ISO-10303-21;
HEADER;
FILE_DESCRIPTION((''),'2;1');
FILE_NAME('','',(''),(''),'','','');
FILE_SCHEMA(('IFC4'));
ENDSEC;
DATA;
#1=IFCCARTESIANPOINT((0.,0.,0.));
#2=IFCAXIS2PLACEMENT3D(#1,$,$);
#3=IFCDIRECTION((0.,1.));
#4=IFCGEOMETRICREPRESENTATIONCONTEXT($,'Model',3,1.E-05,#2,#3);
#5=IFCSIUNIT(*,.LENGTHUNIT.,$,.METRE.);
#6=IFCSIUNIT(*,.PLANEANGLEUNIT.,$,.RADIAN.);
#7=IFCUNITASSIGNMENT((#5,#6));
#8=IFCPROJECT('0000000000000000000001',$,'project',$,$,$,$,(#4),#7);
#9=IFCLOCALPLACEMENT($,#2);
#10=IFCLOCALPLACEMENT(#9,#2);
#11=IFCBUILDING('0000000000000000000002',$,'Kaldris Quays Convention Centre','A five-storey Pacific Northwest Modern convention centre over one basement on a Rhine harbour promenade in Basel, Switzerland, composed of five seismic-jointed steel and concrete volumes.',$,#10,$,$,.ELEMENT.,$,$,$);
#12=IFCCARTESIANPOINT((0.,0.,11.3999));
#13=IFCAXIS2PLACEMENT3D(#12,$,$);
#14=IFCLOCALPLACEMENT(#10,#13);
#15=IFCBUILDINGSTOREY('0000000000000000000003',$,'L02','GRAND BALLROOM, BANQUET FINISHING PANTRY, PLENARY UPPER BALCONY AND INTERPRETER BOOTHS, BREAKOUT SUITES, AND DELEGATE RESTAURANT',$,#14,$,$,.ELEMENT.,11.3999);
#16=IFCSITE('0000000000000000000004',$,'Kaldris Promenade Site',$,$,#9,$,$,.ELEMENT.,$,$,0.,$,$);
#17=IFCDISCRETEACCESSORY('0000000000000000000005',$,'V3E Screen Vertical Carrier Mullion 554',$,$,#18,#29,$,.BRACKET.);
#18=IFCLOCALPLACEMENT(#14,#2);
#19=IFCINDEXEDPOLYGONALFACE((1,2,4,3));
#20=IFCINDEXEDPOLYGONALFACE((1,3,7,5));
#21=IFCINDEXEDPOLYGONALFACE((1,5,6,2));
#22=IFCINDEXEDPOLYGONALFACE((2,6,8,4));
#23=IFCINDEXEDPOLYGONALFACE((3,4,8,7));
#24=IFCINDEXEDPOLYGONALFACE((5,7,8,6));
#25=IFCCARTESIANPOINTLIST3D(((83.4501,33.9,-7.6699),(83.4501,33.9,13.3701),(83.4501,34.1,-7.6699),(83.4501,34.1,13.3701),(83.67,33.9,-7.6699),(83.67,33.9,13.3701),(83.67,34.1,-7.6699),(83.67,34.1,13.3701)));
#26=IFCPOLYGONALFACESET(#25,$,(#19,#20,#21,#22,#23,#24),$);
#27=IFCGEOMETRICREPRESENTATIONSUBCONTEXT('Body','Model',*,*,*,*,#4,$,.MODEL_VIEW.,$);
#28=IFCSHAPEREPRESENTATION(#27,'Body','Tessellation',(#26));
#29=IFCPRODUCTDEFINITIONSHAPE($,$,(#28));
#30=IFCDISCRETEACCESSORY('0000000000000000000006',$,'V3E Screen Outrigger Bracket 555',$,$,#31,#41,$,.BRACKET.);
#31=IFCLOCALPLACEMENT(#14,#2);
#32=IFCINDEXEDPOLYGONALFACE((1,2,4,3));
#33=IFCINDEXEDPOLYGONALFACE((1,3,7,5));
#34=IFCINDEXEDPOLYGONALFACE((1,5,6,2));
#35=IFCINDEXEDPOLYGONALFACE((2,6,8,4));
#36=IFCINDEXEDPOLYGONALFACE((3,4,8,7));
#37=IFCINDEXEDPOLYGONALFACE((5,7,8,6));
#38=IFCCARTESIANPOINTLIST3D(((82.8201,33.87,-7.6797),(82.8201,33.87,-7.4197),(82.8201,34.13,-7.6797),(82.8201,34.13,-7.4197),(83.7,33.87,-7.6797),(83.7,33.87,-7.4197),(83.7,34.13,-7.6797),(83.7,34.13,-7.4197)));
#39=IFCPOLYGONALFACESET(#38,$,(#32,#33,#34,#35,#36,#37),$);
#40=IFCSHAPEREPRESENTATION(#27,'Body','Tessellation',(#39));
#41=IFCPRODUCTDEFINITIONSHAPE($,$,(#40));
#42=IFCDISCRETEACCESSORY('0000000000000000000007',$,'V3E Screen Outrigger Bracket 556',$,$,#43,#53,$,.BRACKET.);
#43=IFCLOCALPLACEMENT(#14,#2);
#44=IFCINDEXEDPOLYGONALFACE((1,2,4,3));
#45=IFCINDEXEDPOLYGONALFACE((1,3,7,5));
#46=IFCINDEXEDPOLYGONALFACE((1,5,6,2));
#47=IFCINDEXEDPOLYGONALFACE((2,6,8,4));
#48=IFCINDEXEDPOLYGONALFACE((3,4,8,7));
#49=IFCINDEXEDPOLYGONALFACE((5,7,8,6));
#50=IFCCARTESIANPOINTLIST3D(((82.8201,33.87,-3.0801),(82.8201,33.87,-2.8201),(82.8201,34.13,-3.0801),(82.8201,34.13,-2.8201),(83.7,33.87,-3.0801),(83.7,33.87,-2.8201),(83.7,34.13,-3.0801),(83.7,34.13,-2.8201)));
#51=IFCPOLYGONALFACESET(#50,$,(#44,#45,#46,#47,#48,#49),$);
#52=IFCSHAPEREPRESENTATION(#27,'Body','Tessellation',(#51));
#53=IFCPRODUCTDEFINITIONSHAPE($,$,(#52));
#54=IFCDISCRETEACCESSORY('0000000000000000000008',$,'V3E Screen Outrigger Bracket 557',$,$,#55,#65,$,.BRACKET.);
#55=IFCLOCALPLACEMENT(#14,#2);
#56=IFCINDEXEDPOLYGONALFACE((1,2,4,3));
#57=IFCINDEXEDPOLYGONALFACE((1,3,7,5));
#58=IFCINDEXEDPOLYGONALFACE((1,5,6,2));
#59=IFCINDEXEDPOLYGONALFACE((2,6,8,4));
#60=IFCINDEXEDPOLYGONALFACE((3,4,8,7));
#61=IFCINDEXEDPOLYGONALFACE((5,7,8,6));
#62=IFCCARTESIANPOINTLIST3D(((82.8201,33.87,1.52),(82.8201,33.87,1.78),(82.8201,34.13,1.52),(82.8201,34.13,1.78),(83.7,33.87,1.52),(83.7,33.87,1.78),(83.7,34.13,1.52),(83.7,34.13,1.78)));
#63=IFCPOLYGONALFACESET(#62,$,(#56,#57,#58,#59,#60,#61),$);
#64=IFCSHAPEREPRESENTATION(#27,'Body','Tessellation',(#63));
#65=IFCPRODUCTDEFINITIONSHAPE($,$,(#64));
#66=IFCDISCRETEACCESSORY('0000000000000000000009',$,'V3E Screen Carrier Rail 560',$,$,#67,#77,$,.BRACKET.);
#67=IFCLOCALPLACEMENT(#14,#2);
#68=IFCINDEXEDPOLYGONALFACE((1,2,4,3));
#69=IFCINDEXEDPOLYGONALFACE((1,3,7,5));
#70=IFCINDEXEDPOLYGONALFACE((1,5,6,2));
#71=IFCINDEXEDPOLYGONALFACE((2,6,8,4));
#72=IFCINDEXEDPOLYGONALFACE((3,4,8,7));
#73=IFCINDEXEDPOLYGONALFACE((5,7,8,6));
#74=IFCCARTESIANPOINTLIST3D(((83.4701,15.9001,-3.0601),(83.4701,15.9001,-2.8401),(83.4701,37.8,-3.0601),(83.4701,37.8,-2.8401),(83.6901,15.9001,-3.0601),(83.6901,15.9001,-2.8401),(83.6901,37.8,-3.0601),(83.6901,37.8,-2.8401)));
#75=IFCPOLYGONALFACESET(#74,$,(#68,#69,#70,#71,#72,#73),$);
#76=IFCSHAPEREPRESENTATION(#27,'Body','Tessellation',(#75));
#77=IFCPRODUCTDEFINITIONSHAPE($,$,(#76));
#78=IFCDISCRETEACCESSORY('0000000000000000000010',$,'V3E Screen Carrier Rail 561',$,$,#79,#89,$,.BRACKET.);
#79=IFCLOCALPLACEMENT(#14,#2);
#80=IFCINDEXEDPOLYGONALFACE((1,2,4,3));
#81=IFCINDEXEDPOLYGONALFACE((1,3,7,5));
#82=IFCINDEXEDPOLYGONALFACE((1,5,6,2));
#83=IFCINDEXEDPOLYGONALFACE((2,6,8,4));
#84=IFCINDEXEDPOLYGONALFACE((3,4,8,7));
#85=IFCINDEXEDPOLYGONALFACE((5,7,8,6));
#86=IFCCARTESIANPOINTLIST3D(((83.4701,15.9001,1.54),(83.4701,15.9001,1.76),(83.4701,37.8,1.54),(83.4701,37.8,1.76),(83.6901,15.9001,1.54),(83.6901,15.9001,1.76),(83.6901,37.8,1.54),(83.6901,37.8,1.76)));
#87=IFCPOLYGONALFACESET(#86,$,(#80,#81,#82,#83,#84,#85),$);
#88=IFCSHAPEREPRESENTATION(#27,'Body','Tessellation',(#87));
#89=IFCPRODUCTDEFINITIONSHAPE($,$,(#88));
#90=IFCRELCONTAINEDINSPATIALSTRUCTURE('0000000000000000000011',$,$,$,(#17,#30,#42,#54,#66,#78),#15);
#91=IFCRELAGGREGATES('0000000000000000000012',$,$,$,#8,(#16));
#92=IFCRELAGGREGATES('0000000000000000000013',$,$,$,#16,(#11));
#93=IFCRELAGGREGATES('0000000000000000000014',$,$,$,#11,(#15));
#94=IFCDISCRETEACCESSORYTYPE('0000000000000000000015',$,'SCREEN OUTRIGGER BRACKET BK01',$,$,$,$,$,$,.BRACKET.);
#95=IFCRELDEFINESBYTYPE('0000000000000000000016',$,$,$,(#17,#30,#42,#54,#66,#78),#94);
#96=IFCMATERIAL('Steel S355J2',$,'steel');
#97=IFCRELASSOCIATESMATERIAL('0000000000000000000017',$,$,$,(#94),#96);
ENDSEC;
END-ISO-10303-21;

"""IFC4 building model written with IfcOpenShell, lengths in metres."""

from ifc_helpers import new_model, si_unit, direction, frame, origin, origin_2d, place, context, subcontext, project, spatial, rectangle, extrude, material, type_object, element, save


model = new_model("IFC4")

# Units and contexts
model_context = context("Model", 3, precision=1e-05, world=origin(), true_north=direction((0.0, 1.0)))
body_context = subcontext(model_context, "Body", "Model", "MODEL_VIEW")
ifc_project = project(units=[si_unit("LENGTHUNIT", "METRE"), si_unit("PLANEANGLEUNIT", "RADIAN")], contexts=[model_context])

# Site, building, storey
site_placement = place(None, origin())
site = spatial("IfcSite", under=ifc_project, at=site_placement, Name="Kaldris Promenade Site", CompositionType="ELEMENT", RefElevation=0.0)
building_placement = place(site_placement, origin())
building = spatial("IfcBuilding", under=site, at=building_placement, Name="Kaldris Quays Convention Centre", Description="A five-storey Pacific Northwest Modern convention centre over one basement on a Rhine harbour promenade in Basel, Switzerland, composed of five seismic-jointed steel and concrete volumes.", CompositionType="ELEMENT")
storey_placement = place(building_placement, frame((0.0, 0.0, 11.3999)))
storey = spatial("IfcBuildingStorey", under=building, at=storey_placement, Name="L02", Description="GRAND BALLROOM, BANQUET FINISHING PANTRY, PLENARY UPPER BALCONY AND INTERPRETER BOOTHS, BREAKOUT SUITES, AND DELEGATE RESTAURANT", CompositionType="ELEMENT", Elevation=11.3999)

# Shared definitions
ifc_material_1 = material(Name="Steel S355J2", Category="steel")

# Discrete accessories
discrete_accessory_type = type_object("IfcDiscreteAccessoryType", Name="SCREEN OUTRIGGER BRACKET BK01", PredefinedType="BRACKET", material=ifc_material_1)
discrete_accessory_1_placement = place(storey_placement, frame((83.5601, 34.0, -7.6699), z_axis=(0.0, 0.0, 1.0), x_axis=(0.0, 1.0, 0.0)))
element("IfcDiscreteAccessory", 1, at=discrete_accessory_1_placement, inside=storey, type_object=discrete_accessory_type, Name="V3E Screen Vertical Carrier Mullion 554", PredefinedType="BRACKET", context=body_context, shape_type="SweptSolid", body=[
    extrude(rectangle(XDim=0.2, YDim=0.22, at=origin_2d()), origin(), (0.0, 0.0, 1.0), 21.04),
])
for number, where, z_axis, x_axis, name in (
    (2, (83.26, 34.0, -7.6797), (0.0, 0.0, 1.0), (0.0, 1.0, 0.0), "V3E Screen Outrigger Bracket 555"),
    (3, (83.26, 34.0, -3.0801), (0.0, 0.0, 1.0), (0.0, 1.0, 0.0), "V3E Screen Outrigger Bracket 556"),
    (4, (83.26, 34.0, 1.52), (0.0, 0.0, 1.0), (0.0, 1.0, 0.0), "V3E Screen Outrigger Bracket 557"),
):
    element("IfcDiscreteAccessory", number, at=place(storey_placement, frame(where, z_axis=z_axis, x_axis=x_axis)), inside=storey, type_object=discrete_accessory_type, Name=name, PredefinedType="BRACKET", context=body_context, shape_type="SweptSolid", body=[
        extrude(rectangle(XDim=0.26, YDim=0.8799, at=origin_2d()), origin(), (0.0, 0.0, 1.0), 0.26),
    ])
for number, where, z_axis, x_axis, name in (
    (5, (83.5801, 26.8501, -3.0601), (0.0, 0.0, 1.0), (0.0, 1.0, 0.0), "V3E Screen Carrier Rail 560"),
    (6, (83.5801, 26.8501, 1.54), (0.0, 0.0, 1.0), (0.0, 1.0, 0.0), "V3E Screen Carrier Rail 561"),
):
    element("IfcDiscreteAccessory", number, at=place(storey_placement, frame(where, z_axis=z_axis, x_axis=x_axis)), inside=storey, type_object=discrete_accessory_type, Name=name, PredefinedType="BRACKET", context=body_context, shape_type="SweptSolid", body=[
        extrude(rectangle(XDim=21.8999, YDim=0.22, at=origin_2d()), origin(), (0.0, 0.0, 1.0), 0.22),
    ])

save(model, "model.ifc")
